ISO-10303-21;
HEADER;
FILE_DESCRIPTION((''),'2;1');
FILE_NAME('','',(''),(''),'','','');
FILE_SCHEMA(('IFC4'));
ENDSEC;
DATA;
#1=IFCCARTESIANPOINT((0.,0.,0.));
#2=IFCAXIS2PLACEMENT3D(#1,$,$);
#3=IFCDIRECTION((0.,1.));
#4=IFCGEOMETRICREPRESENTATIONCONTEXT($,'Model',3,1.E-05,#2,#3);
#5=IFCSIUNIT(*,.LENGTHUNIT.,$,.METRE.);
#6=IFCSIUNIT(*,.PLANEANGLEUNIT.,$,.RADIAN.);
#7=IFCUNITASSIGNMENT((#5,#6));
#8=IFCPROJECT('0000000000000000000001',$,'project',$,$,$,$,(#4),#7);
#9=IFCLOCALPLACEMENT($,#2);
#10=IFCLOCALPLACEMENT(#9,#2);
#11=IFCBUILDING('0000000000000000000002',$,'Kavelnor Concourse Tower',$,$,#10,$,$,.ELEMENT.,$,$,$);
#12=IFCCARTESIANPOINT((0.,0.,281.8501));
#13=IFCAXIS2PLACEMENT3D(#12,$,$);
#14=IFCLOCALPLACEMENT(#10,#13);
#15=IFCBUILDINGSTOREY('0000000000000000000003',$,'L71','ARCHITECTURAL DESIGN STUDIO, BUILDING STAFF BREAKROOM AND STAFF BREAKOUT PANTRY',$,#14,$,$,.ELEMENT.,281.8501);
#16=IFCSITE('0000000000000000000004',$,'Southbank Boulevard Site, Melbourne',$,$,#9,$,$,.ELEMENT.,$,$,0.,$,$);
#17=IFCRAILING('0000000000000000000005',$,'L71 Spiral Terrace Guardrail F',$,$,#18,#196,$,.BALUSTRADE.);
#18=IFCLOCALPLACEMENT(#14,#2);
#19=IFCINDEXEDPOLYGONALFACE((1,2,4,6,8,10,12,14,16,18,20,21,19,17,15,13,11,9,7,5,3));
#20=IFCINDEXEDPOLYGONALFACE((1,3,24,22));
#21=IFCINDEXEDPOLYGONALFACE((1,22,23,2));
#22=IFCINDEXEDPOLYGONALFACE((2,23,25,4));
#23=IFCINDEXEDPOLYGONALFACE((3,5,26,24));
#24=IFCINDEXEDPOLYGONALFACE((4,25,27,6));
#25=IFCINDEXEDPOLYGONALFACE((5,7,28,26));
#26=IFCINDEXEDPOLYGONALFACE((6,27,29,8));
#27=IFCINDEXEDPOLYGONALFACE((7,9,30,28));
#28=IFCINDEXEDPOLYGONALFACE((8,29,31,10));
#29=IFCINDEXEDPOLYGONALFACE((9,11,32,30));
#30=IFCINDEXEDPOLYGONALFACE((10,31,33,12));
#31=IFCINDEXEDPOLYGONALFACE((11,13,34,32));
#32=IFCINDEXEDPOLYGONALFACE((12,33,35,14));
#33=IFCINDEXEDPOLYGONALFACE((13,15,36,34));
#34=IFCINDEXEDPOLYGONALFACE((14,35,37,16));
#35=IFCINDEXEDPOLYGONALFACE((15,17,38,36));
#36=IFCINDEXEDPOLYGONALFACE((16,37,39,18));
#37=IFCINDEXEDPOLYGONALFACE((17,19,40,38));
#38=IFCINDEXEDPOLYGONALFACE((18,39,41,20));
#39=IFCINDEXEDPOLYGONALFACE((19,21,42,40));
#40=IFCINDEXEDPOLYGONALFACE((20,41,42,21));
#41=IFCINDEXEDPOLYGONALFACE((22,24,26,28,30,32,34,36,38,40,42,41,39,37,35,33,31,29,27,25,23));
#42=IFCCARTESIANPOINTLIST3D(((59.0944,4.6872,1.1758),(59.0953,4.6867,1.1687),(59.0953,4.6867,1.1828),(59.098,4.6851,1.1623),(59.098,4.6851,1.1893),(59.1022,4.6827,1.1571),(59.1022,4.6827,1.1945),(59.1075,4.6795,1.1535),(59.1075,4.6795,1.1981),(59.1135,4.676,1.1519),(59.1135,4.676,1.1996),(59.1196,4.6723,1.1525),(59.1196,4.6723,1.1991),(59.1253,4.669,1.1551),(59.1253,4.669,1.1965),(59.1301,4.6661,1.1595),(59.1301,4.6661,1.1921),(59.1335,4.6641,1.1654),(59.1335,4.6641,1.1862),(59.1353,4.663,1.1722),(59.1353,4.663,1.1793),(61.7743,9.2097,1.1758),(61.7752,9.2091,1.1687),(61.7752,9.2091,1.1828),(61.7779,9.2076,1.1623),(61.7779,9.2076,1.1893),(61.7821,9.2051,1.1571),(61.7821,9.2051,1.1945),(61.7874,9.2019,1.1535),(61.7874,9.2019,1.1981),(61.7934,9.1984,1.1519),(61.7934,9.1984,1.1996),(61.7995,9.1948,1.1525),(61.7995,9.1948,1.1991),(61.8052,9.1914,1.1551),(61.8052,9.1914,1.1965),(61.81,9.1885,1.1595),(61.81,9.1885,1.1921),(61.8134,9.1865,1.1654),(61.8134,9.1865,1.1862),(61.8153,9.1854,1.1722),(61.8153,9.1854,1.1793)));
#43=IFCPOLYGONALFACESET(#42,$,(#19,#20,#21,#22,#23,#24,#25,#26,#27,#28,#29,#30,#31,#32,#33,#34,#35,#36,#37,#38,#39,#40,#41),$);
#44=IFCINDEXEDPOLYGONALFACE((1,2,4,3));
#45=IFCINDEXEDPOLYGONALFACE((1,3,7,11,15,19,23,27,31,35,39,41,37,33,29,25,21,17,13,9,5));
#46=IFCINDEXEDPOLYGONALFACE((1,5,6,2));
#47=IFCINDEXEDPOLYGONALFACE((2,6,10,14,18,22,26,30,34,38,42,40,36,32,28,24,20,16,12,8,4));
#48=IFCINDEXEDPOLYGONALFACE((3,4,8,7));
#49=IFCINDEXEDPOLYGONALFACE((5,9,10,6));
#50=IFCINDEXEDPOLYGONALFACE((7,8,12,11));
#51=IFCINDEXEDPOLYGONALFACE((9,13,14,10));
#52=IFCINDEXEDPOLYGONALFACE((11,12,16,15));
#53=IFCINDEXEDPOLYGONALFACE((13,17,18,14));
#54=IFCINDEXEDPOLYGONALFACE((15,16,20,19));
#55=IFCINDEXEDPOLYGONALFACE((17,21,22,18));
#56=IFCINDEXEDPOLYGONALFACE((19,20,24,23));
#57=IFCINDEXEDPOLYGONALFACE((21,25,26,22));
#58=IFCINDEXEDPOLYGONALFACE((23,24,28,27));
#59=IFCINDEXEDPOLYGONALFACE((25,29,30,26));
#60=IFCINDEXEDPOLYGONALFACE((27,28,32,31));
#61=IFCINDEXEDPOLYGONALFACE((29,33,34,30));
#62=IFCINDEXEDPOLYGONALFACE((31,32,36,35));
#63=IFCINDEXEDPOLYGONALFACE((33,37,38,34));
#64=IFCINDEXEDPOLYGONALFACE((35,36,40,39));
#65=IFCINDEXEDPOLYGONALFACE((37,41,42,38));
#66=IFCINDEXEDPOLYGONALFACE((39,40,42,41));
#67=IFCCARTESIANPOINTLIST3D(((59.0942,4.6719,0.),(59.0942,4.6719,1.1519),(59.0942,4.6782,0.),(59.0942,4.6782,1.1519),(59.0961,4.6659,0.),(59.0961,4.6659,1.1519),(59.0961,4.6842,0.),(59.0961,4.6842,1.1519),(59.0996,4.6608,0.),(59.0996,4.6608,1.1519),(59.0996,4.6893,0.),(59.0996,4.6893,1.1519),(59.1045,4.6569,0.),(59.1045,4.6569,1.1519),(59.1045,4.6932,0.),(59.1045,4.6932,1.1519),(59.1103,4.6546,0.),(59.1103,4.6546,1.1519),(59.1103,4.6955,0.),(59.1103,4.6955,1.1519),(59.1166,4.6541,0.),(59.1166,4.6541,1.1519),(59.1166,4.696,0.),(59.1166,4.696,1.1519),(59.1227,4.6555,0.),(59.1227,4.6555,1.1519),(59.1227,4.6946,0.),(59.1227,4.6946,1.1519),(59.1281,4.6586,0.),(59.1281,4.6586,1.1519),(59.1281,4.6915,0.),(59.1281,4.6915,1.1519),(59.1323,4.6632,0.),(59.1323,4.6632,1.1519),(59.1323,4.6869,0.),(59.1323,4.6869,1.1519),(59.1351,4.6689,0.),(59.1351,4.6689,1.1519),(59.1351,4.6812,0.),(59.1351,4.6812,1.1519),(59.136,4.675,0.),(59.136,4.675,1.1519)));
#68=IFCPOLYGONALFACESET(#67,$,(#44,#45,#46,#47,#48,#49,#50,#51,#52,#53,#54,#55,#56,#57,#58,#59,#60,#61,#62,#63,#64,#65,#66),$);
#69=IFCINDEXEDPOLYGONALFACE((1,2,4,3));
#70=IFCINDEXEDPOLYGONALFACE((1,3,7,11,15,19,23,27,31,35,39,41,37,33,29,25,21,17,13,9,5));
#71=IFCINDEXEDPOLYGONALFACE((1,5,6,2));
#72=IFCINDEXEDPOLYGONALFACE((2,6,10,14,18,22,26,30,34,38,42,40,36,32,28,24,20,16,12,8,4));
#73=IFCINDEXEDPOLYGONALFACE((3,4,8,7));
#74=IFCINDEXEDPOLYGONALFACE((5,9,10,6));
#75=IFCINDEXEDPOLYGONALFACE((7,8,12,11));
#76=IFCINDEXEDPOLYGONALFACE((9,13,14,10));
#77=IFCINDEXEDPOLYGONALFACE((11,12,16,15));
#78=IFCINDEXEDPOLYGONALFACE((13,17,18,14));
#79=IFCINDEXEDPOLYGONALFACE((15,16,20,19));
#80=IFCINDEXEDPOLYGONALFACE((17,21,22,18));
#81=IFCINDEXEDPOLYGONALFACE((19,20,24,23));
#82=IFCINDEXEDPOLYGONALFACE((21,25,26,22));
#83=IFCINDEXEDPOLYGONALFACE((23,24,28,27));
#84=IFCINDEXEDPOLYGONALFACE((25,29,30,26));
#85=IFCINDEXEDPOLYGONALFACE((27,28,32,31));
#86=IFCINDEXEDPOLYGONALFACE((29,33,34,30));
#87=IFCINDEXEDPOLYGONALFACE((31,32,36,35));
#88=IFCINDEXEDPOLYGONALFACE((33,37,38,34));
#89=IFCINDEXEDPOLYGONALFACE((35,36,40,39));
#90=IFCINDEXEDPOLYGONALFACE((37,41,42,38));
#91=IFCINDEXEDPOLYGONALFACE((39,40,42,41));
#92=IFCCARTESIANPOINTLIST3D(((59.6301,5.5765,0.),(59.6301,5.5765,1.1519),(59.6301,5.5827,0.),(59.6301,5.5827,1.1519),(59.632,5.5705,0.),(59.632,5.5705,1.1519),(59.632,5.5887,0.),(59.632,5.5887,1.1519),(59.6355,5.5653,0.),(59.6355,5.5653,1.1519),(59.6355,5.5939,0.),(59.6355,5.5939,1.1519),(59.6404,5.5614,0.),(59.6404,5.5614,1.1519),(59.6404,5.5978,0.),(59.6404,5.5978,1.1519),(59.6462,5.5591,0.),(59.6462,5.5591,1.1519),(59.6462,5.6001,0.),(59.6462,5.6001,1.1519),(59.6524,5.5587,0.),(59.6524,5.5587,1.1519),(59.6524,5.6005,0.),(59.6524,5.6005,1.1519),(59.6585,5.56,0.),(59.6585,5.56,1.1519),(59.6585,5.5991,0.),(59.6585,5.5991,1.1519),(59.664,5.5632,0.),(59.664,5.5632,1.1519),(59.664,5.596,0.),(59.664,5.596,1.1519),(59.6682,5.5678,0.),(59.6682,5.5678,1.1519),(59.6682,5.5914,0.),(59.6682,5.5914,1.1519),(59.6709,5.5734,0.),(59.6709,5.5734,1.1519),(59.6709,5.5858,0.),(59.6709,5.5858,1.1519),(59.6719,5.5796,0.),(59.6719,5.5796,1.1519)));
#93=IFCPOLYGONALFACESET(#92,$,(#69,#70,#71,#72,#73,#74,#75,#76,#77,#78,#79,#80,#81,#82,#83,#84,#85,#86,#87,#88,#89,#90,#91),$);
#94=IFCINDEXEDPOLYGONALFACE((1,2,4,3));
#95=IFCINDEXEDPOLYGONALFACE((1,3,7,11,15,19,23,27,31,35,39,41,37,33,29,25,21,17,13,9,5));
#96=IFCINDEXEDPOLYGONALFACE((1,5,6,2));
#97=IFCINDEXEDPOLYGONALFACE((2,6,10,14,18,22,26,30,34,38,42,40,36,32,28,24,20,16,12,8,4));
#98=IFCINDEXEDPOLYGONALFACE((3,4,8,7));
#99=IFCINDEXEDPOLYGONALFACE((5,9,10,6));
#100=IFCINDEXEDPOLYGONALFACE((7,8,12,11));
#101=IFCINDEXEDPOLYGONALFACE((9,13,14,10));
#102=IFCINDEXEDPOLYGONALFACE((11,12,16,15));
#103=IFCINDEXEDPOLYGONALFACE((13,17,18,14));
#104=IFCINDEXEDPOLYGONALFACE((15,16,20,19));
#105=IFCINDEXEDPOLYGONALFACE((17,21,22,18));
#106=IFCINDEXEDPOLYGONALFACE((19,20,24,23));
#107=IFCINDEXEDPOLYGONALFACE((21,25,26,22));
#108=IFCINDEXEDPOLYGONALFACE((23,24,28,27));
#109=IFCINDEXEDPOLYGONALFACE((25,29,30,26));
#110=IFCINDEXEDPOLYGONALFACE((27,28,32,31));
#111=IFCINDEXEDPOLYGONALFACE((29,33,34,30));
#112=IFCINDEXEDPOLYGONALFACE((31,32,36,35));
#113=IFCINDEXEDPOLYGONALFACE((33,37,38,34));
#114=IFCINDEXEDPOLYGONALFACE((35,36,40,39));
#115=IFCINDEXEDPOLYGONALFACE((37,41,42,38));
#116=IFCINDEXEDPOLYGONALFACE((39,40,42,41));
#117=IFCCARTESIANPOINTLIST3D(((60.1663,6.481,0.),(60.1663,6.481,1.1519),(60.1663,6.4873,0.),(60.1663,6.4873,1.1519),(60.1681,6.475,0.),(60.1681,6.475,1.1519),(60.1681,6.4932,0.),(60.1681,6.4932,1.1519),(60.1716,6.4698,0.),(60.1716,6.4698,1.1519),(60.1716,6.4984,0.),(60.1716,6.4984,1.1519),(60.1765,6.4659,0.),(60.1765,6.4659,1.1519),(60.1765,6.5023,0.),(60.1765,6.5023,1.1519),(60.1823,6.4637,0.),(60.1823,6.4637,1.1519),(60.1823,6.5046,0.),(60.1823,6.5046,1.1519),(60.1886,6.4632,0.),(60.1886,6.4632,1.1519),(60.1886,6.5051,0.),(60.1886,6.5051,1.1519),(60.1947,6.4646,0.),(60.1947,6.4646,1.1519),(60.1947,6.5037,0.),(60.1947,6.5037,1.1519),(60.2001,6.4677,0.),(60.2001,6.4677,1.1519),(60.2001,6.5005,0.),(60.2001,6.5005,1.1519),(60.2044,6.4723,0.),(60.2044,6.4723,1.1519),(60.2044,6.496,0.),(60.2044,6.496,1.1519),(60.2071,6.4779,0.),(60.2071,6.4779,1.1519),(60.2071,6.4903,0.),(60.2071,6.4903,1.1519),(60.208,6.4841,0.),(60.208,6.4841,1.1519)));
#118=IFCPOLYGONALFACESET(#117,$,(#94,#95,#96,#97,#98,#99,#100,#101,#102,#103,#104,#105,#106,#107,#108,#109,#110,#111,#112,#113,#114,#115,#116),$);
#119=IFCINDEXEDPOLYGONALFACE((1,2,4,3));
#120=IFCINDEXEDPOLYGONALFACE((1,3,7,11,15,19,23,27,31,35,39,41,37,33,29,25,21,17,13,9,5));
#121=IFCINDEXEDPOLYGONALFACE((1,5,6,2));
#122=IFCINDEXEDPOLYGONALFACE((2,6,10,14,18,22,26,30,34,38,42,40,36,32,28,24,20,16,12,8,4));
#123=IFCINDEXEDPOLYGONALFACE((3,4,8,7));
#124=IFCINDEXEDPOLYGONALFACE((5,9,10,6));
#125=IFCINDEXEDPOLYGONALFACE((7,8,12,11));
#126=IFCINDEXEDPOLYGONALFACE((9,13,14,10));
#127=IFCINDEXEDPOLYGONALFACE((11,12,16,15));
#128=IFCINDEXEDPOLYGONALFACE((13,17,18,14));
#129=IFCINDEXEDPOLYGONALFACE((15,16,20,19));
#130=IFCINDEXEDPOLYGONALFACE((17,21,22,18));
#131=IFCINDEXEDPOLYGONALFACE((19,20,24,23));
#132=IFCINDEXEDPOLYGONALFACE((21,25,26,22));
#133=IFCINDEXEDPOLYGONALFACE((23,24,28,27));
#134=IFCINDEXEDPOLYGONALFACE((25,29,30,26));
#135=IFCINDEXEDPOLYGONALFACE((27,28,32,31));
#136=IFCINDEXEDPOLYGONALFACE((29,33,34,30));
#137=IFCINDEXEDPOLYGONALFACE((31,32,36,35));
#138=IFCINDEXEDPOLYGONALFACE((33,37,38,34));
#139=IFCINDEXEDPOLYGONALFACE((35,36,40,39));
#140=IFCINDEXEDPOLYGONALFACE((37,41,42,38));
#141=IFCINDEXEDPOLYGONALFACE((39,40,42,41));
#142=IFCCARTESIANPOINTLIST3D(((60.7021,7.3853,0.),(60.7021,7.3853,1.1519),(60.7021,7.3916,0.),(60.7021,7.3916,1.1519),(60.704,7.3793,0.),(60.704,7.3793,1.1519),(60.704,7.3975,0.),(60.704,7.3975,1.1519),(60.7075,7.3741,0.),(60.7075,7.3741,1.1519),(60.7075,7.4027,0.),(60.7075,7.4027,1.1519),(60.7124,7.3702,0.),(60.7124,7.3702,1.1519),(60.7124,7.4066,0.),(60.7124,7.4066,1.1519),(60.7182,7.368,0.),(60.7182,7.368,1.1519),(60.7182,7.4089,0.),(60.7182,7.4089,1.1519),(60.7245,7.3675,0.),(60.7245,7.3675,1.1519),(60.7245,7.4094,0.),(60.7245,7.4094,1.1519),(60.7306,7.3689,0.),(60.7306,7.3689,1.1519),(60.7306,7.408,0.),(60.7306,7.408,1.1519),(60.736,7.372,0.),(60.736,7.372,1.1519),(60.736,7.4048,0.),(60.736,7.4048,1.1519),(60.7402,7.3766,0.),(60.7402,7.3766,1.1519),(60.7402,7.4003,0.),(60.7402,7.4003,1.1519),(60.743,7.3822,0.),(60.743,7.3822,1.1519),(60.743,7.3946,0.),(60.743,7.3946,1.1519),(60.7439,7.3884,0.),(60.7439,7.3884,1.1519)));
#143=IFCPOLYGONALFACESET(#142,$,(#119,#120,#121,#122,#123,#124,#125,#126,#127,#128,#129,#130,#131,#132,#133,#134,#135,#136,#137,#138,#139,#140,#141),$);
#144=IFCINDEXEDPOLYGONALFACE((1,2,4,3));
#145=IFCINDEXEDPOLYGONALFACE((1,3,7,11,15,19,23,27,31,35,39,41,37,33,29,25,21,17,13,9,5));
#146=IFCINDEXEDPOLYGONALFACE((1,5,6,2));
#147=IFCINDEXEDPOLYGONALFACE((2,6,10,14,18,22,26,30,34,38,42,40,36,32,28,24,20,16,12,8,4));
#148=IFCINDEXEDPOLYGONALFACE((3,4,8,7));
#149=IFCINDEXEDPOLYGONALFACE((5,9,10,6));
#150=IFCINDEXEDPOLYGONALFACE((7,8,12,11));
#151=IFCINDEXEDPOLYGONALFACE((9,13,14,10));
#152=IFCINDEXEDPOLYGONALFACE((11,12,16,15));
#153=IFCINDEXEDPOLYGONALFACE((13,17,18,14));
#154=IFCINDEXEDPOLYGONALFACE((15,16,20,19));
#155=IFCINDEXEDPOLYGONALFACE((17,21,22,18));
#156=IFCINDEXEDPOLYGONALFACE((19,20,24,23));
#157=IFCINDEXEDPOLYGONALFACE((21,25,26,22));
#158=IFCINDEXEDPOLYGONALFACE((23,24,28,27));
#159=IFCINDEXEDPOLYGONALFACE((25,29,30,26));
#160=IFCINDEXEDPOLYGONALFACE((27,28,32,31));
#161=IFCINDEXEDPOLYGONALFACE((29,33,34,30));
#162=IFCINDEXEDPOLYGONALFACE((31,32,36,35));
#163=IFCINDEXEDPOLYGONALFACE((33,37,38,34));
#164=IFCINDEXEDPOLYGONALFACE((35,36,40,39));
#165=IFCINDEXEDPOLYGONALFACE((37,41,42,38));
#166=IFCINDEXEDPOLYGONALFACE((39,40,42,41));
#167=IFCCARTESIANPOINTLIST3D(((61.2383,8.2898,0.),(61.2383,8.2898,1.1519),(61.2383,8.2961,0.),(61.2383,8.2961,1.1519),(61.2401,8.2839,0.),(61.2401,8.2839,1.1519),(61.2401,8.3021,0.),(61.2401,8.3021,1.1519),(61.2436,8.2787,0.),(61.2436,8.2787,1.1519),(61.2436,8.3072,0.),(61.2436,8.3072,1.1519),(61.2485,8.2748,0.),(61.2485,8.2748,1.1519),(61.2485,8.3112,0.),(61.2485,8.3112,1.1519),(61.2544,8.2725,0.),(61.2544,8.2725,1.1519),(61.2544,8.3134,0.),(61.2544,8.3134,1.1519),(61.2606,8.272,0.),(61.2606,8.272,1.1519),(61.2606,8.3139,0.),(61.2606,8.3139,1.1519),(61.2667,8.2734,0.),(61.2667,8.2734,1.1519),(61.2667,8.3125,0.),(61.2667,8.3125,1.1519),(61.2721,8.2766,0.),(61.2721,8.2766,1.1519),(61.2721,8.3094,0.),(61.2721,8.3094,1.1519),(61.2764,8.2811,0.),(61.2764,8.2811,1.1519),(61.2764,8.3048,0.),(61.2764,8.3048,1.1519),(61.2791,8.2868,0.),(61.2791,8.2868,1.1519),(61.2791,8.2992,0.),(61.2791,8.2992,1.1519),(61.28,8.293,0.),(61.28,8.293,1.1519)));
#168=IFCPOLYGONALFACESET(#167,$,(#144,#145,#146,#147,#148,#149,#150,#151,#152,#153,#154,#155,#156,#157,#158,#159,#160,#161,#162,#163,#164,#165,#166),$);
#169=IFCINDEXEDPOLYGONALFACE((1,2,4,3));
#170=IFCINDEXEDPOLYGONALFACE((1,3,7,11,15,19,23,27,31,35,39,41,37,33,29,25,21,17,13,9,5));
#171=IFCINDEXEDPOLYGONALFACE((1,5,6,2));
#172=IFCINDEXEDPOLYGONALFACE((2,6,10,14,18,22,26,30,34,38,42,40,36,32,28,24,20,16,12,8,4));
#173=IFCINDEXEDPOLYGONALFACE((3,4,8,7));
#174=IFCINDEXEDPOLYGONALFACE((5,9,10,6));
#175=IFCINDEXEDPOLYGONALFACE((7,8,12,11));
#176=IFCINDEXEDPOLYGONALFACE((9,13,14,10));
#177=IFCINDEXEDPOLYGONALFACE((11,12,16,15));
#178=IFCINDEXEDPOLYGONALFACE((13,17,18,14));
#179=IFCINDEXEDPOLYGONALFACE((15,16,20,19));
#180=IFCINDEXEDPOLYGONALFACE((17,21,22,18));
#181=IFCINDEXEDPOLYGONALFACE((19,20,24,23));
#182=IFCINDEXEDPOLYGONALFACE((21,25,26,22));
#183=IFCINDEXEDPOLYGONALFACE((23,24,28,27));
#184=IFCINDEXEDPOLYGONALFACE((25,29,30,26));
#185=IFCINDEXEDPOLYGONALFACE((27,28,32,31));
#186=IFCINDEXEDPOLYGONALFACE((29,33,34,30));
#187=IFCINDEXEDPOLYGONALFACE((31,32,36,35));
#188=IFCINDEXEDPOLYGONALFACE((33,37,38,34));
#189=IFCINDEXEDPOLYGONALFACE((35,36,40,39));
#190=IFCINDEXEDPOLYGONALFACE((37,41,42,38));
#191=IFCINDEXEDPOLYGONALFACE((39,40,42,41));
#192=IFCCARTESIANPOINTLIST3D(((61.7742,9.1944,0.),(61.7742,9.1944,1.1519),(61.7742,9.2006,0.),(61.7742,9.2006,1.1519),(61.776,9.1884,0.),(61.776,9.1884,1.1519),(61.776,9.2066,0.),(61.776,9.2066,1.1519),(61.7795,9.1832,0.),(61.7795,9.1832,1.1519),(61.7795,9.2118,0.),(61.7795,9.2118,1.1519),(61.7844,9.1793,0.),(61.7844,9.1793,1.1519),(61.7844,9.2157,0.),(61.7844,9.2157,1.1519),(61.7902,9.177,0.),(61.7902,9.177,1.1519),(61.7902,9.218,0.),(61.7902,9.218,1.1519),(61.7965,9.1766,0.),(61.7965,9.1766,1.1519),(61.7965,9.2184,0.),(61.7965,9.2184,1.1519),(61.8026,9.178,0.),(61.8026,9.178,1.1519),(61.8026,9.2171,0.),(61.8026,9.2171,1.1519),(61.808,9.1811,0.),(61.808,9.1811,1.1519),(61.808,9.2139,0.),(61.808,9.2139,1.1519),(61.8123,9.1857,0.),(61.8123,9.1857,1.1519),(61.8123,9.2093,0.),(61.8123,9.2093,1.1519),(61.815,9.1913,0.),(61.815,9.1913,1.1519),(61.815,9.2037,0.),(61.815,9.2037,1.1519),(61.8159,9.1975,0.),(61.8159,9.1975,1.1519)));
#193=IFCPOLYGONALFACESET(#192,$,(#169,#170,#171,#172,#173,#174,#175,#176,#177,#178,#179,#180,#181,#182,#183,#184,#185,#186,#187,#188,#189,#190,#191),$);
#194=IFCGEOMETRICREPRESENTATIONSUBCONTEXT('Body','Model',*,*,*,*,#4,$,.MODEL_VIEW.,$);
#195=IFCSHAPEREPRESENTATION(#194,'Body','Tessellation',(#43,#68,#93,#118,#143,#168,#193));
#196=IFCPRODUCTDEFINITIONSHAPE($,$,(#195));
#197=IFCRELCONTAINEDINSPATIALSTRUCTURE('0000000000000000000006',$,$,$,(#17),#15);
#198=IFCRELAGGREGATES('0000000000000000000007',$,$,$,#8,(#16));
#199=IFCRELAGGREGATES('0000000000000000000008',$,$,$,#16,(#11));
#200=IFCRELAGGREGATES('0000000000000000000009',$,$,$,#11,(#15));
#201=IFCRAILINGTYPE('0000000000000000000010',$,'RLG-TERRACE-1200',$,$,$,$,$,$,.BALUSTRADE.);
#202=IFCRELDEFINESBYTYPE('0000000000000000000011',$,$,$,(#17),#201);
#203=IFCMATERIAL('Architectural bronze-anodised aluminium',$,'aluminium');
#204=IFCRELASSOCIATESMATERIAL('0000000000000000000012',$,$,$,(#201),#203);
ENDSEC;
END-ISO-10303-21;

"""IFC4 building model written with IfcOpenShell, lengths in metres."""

from ifc_helpers import new_model, si_unit, direction, frame, origin, origin_2d, place, context, subcontext, project, spatial, circle, extrude, material, type_object, element, save


model = new_model("IFC4")

# Units and contexts
model_context = context("Model", 3, precision=1e-05, world=origin(), true_north=direction((0.0, 1.0)))
body_context = subcontext(model_context, "Body", "Model", "MODEL_VIEW")
ifc_project = project(units=[si_unit("LENGTHUNIT", "METRE"), si_unit("PLANEANGLEUNIT", "RADIAN")], contexts=[model_context])

# Site, building, storey
site_placement = place(None, origin())
site = spatial("IfcSite", under=ifc_project, at=site_placement, Name="Southbank Boulevard Site, Melbourne", CompositionType="ELEMENT", RefElevation=0.0)
building_placement = place(site_placement, origin())
building = spatial("IfcBuilding", under=site, at=building_placement, Name="Kavelnor Concourse Tower", CompositionType="ELEMENT")
storey_placement = place(building_placement, frame((0.0, 0.0, 281.8501)))
storey = spatial("IfcBuildingStorey", under=building, at=storey_placement, Name="L71", Description="ARCHITECTURAL DESIGN STUDIO, BUILDING STAFF BREAKROOM AND STAFF BREAKOUT PANTRY", CompositionType="ELEMENT", Elevation=281.8501)

# Railing
ifc_material_1 = material(Name="Architectural bronze-anodised aluminium", Category="aluminium")
railing_type = type_object("IfcRailingType", Name="RLG-TERRACE-1200", PredefinedType="BALUSTRADE", material=ifc_material_1)
railing_1_placement = place(storey_placement, frame((59.115, 4.675, 0.0)))
element("IfcRailing", 1, at=railing_1_placement, inside=storey, type_object=railing_type, Name="L71 Spiral Terrace Guardrail F", PredefinedType="BALUSTRADE", context=body_context, shape_type="SweptSolid", body=[
    extrude(circle(Radius=0.0239, at=origin_2d()), frame((0.0, 0.0, 1.1758), z_axis=(0.509796, 0.860295, 0.0), x_axis=(-0.860295, 0.509796, 0.0)), (0.0, 0.0, 1.0), 5.2568),
    extrude(circle(Radius=0.021, at=origin_2d()), origin(), (0.0, 0.0, 1.0), 1.1519),
    extrude(circle(Radius=0.021, at=origin_2d()), frame((0.5359, 0.9045, 0.0)), (0.0, 0.0, 1.0), 1.1519),
    extrude(circle(Radius=0.021, at=origin_2d()), frame((1.072, 1.8091, 0.0)), (0.0, 0.0, 1.0), 1.1519),
    extrude(circle(Radius=0.021, at=origin_2d()), frame((1.6079, 2.7134, 0.0)), (0.0, 0.0, 1.0), 1.1519),
    extrude(circle(Radius=0.021, at=origin_2d()), frame((2.144, 3.6179, 0.0)), (0.0, 0.0, 1.0), 1.1519),
    extrude(circle(Radius=0.021, at=origin_2d()), frame((2.6799, 4.5225, 0.0)), (0.0, 0.0, 1.0), 1.1519),
])

save(model, "model.ifc")
